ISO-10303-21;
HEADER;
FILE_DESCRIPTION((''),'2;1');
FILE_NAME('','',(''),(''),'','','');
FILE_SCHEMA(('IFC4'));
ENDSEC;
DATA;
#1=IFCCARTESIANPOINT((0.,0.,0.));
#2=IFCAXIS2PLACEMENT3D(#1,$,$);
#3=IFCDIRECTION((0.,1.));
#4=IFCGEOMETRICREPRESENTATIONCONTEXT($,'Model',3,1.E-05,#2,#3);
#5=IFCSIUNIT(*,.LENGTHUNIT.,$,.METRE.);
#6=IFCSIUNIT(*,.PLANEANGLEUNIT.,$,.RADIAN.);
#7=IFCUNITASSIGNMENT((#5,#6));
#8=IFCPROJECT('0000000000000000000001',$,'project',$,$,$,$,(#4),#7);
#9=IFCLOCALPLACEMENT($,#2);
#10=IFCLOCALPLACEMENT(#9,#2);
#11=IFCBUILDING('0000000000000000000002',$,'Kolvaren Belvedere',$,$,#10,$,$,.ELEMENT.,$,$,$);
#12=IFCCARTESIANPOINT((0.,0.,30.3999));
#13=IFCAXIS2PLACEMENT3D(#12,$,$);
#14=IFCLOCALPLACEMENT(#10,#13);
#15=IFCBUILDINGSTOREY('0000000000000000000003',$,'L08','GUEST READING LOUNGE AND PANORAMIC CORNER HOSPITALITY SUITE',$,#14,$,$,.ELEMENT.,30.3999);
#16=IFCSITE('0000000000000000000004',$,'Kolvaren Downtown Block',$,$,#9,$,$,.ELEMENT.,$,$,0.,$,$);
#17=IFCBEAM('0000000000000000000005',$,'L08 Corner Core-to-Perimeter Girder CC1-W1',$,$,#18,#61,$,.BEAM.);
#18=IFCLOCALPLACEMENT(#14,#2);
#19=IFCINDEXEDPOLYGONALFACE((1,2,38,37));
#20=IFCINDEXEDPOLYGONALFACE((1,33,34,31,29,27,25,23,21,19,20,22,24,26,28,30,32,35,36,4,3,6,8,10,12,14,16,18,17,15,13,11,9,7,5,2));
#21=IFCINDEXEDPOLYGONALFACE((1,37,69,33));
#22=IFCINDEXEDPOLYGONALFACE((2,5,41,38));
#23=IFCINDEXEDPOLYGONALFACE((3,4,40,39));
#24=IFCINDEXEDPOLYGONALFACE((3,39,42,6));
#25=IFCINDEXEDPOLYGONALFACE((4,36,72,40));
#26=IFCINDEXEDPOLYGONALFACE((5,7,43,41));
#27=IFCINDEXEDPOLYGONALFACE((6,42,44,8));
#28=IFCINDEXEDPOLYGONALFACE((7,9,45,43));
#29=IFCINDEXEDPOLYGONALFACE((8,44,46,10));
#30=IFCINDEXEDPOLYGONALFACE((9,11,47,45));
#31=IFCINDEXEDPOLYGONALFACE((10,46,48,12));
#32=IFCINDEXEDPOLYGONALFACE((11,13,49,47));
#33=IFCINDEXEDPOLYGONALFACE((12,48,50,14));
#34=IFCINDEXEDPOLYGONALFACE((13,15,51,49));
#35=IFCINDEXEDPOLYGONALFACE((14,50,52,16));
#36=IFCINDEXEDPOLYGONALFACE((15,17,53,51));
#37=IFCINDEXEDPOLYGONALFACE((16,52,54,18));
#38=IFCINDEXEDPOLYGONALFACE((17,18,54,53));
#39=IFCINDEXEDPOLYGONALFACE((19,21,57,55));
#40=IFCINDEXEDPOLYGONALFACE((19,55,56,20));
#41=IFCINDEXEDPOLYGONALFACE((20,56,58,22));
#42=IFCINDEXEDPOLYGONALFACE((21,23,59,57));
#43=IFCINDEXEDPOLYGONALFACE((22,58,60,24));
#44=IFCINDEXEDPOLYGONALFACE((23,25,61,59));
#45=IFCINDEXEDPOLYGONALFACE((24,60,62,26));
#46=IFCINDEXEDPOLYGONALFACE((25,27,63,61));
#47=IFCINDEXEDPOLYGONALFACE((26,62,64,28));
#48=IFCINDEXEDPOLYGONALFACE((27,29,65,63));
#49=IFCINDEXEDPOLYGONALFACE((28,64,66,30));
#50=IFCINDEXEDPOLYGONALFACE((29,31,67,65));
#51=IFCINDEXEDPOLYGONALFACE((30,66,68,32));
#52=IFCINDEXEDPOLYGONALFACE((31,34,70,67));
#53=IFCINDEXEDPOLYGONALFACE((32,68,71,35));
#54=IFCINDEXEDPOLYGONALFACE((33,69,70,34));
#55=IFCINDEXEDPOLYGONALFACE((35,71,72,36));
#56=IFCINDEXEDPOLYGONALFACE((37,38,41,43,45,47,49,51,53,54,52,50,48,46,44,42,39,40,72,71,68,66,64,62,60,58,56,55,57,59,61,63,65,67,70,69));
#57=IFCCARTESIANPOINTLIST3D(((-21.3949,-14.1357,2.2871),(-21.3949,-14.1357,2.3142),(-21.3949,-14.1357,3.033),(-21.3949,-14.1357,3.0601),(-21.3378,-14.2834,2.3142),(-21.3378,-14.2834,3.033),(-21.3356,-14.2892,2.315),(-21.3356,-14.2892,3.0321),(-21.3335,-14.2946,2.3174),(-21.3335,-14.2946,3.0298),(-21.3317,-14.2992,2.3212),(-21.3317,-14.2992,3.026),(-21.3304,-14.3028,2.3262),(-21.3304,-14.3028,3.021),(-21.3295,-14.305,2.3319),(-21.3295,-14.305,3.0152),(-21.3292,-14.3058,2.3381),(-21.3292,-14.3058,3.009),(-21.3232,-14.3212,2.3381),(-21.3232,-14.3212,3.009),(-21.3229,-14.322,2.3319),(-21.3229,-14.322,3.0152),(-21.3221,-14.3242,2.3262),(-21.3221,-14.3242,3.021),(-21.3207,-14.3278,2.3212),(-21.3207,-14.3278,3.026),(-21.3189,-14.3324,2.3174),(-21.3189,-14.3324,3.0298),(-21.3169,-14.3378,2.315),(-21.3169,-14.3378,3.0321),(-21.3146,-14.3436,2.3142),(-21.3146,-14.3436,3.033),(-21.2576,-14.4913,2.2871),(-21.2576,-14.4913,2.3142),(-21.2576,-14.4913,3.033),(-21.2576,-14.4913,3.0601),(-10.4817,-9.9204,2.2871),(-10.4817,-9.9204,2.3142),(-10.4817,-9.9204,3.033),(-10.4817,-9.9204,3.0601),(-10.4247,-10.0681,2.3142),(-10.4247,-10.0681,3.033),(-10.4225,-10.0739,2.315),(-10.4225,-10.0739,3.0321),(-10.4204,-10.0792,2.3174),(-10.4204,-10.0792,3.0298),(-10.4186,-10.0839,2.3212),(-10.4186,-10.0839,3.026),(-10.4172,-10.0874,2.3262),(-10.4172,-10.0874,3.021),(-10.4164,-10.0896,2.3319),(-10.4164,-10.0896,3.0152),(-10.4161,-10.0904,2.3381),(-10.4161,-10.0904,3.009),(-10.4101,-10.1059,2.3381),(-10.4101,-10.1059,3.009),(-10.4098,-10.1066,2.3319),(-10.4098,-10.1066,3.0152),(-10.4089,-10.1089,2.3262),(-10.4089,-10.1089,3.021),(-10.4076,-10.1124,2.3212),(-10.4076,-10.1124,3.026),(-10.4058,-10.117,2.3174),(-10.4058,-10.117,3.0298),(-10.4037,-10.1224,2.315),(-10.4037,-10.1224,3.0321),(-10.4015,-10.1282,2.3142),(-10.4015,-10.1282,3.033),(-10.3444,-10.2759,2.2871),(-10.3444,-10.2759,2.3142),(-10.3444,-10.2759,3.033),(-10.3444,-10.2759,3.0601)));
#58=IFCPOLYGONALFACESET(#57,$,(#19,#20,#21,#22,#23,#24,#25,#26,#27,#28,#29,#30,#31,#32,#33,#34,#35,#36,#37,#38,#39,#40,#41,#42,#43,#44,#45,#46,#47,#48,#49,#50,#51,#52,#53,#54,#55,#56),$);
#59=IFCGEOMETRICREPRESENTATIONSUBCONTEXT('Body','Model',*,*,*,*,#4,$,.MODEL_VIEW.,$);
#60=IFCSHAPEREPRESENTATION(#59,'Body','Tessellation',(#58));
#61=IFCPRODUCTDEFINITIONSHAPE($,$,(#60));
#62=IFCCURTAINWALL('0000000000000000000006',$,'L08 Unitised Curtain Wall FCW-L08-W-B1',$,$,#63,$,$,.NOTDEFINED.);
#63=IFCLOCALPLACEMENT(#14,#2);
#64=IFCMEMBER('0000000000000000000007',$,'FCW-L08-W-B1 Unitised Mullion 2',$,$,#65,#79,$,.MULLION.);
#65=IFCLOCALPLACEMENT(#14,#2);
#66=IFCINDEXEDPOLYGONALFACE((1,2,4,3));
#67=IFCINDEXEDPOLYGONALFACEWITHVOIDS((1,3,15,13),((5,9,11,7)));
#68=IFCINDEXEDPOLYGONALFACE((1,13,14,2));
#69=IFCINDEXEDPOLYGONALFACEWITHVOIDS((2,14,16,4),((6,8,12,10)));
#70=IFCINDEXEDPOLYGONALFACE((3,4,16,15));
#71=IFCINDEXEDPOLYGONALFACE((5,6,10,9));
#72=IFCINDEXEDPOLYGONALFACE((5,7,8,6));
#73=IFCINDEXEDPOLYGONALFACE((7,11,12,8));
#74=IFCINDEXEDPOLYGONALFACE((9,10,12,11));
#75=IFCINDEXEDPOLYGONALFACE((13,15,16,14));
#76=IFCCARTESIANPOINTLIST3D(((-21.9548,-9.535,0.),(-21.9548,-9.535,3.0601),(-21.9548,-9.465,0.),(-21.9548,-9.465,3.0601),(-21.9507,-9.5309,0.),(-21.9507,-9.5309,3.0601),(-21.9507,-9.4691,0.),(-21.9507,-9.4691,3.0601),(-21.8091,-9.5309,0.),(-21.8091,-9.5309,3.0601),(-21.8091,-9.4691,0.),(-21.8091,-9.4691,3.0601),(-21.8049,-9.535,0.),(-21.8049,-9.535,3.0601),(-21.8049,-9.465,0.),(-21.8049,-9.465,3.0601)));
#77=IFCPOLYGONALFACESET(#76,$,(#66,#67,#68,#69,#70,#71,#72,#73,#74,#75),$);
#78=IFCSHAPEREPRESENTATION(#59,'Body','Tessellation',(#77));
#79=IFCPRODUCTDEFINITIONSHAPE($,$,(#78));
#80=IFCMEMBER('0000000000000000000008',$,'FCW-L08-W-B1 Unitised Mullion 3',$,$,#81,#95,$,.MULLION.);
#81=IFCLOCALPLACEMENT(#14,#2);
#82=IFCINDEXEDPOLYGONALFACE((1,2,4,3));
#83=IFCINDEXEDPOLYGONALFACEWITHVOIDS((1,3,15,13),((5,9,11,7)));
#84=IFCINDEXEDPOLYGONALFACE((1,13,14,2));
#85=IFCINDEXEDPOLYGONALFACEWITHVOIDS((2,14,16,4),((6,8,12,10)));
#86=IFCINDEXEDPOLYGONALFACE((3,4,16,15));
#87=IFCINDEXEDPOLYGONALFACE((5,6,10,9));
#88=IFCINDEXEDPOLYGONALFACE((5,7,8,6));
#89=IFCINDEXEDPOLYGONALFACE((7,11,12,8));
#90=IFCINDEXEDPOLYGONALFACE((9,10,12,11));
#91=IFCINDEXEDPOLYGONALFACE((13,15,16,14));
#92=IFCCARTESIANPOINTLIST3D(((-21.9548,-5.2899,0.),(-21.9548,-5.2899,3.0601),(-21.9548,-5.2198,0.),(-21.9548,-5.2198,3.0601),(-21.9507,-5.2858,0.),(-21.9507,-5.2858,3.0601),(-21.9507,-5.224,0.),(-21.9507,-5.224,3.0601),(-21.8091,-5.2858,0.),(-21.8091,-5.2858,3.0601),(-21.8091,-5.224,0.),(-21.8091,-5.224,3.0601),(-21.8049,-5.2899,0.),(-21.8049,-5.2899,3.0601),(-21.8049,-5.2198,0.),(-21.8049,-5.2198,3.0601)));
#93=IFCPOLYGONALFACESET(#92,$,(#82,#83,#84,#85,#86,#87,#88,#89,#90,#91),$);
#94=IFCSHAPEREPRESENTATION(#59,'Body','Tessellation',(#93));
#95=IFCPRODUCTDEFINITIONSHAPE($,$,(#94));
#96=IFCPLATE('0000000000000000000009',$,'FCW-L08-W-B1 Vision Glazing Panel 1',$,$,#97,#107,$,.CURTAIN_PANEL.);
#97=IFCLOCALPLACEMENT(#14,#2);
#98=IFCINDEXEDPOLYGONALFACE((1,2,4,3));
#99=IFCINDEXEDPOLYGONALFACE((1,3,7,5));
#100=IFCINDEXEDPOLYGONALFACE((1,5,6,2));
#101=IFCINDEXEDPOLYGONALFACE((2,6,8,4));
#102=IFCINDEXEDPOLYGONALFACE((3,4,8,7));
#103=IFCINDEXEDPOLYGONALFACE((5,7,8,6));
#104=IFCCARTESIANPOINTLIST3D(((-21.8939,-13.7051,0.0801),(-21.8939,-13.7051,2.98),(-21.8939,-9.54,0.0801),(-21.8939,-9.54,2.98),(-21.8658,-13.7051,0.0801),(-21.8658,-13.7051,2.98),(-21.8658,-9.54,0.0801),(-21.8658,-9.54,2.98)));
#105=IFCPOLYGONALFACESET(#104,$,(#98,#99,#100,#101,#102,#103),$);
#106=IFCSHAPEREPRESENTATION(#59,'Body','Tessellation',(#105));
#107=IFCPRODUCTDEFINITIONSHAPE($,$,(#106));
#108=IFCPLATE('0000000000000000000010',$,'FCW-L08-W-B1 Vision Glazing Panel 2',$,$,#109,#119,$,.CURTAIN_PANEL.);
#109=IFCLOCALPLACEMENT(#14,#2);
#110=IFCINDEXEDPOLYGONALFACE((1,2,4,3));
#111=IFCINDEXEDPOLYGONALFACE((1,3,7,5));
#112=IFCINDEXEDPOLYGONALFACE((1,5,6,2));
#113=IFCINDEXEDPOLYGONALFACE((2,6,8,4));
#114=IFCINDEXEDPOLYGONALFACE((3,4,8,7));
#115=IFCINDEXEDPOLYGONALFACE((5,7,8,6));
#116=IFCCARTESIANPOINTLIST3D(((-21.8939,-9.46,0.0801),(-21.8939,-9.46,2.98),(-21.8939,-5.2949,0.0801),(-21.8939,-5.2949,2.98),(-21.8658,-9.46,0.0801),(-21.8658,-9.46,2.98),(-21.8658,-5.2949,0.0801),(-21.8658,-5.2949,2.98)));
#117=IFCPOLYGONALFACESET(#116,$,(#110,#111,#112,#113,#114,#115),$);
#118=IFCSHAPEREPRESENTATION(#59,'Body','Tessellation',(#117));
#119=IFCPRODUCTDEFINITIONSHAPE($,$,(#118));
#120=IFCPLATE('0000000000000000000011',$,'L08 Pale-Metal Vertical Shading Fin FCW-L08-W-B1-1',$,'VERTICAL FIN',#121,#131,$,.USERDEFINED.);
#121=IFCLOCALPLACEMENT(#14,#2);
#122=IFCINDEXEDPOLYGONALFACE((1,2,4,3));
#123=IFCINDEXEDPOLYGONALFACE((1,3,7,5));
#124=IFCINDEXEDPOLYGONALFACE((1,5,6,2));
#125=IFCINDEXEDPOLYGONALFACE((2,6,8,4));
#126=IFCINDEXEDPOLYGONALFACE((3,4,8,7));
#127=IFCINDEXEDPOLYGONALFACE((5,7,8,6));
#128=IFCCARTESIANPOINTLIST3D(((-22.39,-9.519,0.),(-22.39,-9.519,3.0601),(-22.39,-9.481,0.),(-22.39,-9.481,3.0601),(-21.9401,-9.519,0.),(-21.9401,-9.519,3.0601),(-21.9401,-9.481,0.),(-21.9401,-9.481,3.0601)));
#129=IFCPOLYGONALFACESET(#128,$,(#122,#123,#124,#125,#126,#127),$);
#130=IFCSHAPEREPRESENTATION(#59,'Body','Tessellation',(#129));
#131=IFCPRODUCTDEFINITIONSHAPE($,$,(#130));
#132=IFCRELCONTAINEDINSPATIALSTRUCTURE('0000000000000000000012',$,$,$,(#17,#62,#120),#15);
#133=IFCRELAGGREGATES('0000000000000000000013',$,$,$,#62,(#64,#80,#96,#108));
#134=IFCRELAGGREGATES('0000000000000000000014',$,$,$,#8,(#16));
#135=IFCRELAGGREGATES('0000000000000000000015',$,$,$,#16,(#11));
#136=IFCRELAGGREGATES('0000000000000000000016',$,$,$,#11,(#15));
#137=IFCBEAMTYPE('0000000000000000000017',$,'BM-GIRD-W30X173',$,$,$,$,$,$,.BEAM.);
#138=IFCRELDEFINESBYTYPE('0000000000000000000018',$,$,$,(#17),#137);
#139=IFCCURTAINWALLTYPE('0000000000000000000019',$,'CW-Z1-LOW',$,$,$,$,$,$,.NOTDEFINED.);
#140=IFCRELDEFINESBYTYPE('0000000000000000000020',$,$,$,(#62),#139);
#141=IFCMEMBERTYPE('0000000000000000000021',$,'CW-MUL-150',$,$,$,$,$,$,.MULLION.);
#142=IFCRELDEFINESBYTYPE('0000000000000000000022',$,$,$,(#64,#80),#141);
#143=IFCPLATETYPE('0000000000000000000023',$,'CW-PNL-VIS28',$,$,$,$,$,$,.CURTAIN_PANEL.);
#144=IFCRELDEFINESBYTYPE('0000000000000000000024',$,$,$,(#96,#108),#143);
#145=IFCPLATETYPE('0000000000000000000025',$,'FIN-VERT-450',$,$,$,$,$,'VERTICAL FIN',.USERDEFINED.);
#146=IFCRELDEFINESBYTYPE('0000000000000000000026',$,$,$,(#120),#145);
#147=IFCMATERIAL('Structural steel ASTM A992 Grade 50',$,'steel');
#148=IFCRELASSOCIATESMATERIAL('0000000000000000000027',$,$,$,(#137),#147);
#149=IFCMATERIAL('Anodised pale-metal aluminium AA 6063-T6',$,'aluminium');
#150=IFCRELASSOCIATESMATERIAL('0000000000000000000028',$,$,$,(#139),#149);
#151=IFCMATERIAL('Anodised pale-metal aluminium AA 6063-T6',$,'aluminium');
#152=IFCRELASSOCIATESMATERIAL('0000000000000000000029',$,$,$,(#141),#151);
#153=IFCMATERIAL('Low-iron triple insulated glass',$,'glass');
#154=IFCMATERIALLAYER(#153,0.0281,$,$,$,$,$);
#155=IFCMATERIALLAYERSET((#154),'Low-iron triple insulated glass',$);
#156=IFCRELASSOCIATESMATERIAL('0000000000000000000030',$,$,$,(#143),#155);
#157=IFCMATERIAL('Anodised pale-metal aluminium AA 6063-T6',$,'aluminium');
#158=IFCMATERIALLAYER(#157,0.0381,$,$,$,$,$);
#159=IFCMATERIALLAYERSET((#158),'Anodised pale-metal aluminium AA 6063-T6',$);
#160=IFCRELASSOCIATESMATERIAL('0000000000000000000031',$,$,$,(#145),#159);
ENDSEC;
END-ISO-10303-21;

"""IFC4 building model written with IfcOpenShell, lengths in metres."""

from ifc_helpers import new_model, si_unit, direction, frame, origin, origin_2d, place, context, subcontext, project, spatial, rectangle, hollow_rectangle, i_section, extrude, material, layer, layer_set, material_profile, profile_set, type_object, element, aggregate, save


model = new_model("IFC4")

# Units and contexts
model_context = context("Model", 3, precision=1e-05, world=origin(), true_north=direction((0.0, 1.0)))
body_context = subcontext(model_context, "Body", "Model", "MODEL_VIEW")
ifc_project = project(units=[si_unit("LENGTHUNIT", "METRE"), si_unit("PLANEANGLEUNIT", "RADIAN")], contexts=[model_context])

# Site, building, storey
site_placement = place(None, origin())
site = spatial("IfcSite", under=ifc_project, at=site_placement, Name="Kolvaren Downtown Block", CompositionType="ELEMENT", RefElevation=0.0)
building_placement = place(site_placement, origin())
building = spatial("IfcBuilding", under=site, at=building_placement, Name="Kolvaren Belvedere", CompositionType="ELEMENT")
storey_placement = place(building_placement, frame((0.0, 0.0, 30.3999)))
storey = spatial("IfcBuildingStorey", under=building, at=storey_placement, Name="L08", Description="GUEST READING LOUNGE AND PANORAMIC CORNER HOSPITALITY SUITE", CompositionType="ELEMENT", Elevation=30.3999)

# Beam
ifc_material_1 = material(Name="Structural steel ASTM A992 Grade 50", Category="steel")
ifc_material_profile_1 = material_profile(ifc_material_1, i_section(OverallWidth=0.3811, OverallDepth=0.7729, WebThickness=0.0166, FlangeThickness=0.0271, FilletRadius=0.0239, at=origin_2d()), Name="W30X173")
ifc_profile_set_1 = profile_set([ifc_material_profile_1], Name="Structural steel ASTM A992 Grade 50")
beam_type = type_object("IfcBeamType", Name="BM-GIRD-W30X173", PredefinedType="BEAM", material=ifc_profile_set_1)
beam_placement = place(storey_placement, frame((-10.4131, -10.0981, 2.6736), z_axis=(-0.932829, -0.360318, 0.0), x_axis=(0.360318, -0.932829, 0.0)))
element("IfcBeam", 1, at=beam_placement, inside=storey, type_object=beam_type, Name="L08 Corner Core-to-Perimeter Girder CC1-W1", PredefinedType="BEAM", context=body_context, shape_type="SweptSolid", body=[
    extrude(i_section(OverallWidth=0.3811, OverallDepth=0.7729, WebThickness=0.0166, FlangeThickness=0.0271, FilletRadius=0.0239, at=origin_2d()), origin(), (0.0, 0.0, 1.0), 11.699),
])

# Curtain wall, members, plates
ifc_material_2 = material(Name="Anodised pale-metal aluminium AA 6063-T6", Category="aluminium")
curtain_wall_type = type_object("IfcCurtainWallType", Name="CW-Z1-LOW", PredefinedType="NOTDEFINED", material=ifc_material_2)
curtain_wall_placement = place(storey_placement, origin())
curtain_wall = element("IfcCurtainWall", 2, at=curtain_wall_placement, inside=storey, type_object=curtain_wall_type, Name="L08 Unitised Curtain Wall FCW-L08-W-B1", PredefinedType="NOTDEFINED")
ifc_material_3 = material(Name="Anodised pale-metal aluminium AA 6063-T6", Category="aluminium")
ifc_material_profile_2 = material_profile(ifc_material_3, hollow_rectangle(XDim=0.0701, YDim=0.1499, WallThickness=0.0042, at=origin_2d()), Name="ALU-MUL-150X70")
ifc_profile_set_2 = profile_set([ifc_material_profile_2], Name="Anodised pale-metal aluminium AA 6063-T6")
member_type = type_object("IfcMemberType", Name="CW-MUL-150", PredefinedType="MULLION", material=ifc_profile_set_2)
member_1_placement = place(storey_placement, frame((-21.8799, -9.5, 0.0), z_axis=(0.0, 0.0, 1.0), x_axis=(0.0, 1.0, 0.0)))
member_1 = element("IfcMember", 3, at=member_1_placement, type_object=member_type, Name="FCW-L08-W-B1 Unitised Mullion 2", PredefinedType="MULLION", context=body_context, shape_type="SweptSolid", body=[
    extrude(hollow_rectangle(XDim=0.0701, YDim=0.1499, WallThickness=0.0042, at=origin_2d()), origin(), (0.0, 0.0, 1.0), 3.0601),
])
member_2_placement = place(storey_placement, frame((-21.8799, -5.2549, 0.0), z_axis=(0.0, 0.0, 1.0), x_axis=(0.0, 1.0, 0.0)))
member_2 = element("IfcMember", 4, at=member_2_placement, type_object=member_type, Name="FCW-L08-W-B1 Unitised Mullion 3", PredefinedType="MULLION", context=body_context, shape_type="SweptSolid", body=[
    extrude(hollow_rectangle(XDim=0.0701, YDim=0.1499, WallThickness=0.0042, at=origin_2d()), origin(), (0.0, 0.0, 1.0), 3.0601),
])
ifc_material_4 = material(Name="Low-iron triple insulated glass", Category="glass")
ifc_layer_1 = layer(ifc_material_4, 0.0281)
ifc_layer_set_1 = layer_set([ifc_layer_1], Name="Low-iron triple insulated glass")
plate_type_1 = type_object("IfcPlateType", Name="CW-PNL-VIS28", PredefinedType="CURTAIN_PANEL", material=ifc_layer_set_1)
plate_1_placement = place(storey_placement, frame((-21.8799, -11.6226, 0.0801), z_axis=(0.0, 0.0, 1.0), x_axis=(0.0, 1.0, 0.0)))
plate_1 = element("IfcPlate", 5, at=plate_1_placement, type_object=plate_type_1, Name="FCW-L08-W-B1 Vision Glazing Panel 1", PredefinedType="CURTAIN_PANEL", context=body_context, shape_type="SweptSolid", body=[
    extrude(rectangle(XDim=4.165, YDim=0.0281, at=origin_2d()), origin(), (0.0, 0.0, 1.0), 2.8999),
])
plate_2_placement = place(storey_placement, frame((-21.8799, -7.3774, 0.0801), z_axis=(0.0, 0.0, 1.0), x_axis=(0.0, 1.0, 0.0)))
plate_2 = element("IfcPlate", 6, at=plate_2_placement, type_object=plate_type_1, Name="FCW-L08-W-B1 Vision Glazing Panel 2", PredefinedType="CURTAIN_PANEL", context=body_context, shape_type="SweptSolid", body=[
    extrude(rectangle(XDim=4.165, YDim=0.0281, at=origin_2d()), origin(), (0.0, 0.0, 1.0), 2.8999),
])
aggregate(curtain_wall, [member_1, member_2, plate_1, plate_2])

# Plate
ifc_material_5 = material(Name="Anodised pale-metal aluminium AA 6063-T6", Category="aluminium")
ifc_layer_2 = layer(ifc_material_5, 0.0381)
ifc_layer_set_2 = layer_set([ifc_layer_2], Name="Anodised pale-metal aluminium AA 6063-T6")
plate_type_2 = type_object("IfcPlateType", Name="FIN-VERT-450", ElementType="VERTICAL FIN", PredefinedType="USERDEFINED", material=ifc_layer_set_2)
plate_3_placement = place(storey_placement, frame((-22.165, -9.5, 0.0), z_axis=(0.0, 0.0, 1.0), x_axis=(1.0, 0.0, 0.0)))
element("IfcPlate", 7, at=plate_3_placement, inside=storey, type_object=plate_type_2, Name="L08 Pale-Metal Vertical Shading Fin FCW-L08-W-B1-1", ObjectType="VERTICAL FIN", PredefinedType="USERDEFINED", context=body_context, shape_type="SweptSolid", body=[
    extrude(rectangle(XDim=0.45, YDim=0.0381, at=origin_2d()), origin(), (0.0, 0.0, 1.0), 3.0601),
])

save(model, "model.ifc")
